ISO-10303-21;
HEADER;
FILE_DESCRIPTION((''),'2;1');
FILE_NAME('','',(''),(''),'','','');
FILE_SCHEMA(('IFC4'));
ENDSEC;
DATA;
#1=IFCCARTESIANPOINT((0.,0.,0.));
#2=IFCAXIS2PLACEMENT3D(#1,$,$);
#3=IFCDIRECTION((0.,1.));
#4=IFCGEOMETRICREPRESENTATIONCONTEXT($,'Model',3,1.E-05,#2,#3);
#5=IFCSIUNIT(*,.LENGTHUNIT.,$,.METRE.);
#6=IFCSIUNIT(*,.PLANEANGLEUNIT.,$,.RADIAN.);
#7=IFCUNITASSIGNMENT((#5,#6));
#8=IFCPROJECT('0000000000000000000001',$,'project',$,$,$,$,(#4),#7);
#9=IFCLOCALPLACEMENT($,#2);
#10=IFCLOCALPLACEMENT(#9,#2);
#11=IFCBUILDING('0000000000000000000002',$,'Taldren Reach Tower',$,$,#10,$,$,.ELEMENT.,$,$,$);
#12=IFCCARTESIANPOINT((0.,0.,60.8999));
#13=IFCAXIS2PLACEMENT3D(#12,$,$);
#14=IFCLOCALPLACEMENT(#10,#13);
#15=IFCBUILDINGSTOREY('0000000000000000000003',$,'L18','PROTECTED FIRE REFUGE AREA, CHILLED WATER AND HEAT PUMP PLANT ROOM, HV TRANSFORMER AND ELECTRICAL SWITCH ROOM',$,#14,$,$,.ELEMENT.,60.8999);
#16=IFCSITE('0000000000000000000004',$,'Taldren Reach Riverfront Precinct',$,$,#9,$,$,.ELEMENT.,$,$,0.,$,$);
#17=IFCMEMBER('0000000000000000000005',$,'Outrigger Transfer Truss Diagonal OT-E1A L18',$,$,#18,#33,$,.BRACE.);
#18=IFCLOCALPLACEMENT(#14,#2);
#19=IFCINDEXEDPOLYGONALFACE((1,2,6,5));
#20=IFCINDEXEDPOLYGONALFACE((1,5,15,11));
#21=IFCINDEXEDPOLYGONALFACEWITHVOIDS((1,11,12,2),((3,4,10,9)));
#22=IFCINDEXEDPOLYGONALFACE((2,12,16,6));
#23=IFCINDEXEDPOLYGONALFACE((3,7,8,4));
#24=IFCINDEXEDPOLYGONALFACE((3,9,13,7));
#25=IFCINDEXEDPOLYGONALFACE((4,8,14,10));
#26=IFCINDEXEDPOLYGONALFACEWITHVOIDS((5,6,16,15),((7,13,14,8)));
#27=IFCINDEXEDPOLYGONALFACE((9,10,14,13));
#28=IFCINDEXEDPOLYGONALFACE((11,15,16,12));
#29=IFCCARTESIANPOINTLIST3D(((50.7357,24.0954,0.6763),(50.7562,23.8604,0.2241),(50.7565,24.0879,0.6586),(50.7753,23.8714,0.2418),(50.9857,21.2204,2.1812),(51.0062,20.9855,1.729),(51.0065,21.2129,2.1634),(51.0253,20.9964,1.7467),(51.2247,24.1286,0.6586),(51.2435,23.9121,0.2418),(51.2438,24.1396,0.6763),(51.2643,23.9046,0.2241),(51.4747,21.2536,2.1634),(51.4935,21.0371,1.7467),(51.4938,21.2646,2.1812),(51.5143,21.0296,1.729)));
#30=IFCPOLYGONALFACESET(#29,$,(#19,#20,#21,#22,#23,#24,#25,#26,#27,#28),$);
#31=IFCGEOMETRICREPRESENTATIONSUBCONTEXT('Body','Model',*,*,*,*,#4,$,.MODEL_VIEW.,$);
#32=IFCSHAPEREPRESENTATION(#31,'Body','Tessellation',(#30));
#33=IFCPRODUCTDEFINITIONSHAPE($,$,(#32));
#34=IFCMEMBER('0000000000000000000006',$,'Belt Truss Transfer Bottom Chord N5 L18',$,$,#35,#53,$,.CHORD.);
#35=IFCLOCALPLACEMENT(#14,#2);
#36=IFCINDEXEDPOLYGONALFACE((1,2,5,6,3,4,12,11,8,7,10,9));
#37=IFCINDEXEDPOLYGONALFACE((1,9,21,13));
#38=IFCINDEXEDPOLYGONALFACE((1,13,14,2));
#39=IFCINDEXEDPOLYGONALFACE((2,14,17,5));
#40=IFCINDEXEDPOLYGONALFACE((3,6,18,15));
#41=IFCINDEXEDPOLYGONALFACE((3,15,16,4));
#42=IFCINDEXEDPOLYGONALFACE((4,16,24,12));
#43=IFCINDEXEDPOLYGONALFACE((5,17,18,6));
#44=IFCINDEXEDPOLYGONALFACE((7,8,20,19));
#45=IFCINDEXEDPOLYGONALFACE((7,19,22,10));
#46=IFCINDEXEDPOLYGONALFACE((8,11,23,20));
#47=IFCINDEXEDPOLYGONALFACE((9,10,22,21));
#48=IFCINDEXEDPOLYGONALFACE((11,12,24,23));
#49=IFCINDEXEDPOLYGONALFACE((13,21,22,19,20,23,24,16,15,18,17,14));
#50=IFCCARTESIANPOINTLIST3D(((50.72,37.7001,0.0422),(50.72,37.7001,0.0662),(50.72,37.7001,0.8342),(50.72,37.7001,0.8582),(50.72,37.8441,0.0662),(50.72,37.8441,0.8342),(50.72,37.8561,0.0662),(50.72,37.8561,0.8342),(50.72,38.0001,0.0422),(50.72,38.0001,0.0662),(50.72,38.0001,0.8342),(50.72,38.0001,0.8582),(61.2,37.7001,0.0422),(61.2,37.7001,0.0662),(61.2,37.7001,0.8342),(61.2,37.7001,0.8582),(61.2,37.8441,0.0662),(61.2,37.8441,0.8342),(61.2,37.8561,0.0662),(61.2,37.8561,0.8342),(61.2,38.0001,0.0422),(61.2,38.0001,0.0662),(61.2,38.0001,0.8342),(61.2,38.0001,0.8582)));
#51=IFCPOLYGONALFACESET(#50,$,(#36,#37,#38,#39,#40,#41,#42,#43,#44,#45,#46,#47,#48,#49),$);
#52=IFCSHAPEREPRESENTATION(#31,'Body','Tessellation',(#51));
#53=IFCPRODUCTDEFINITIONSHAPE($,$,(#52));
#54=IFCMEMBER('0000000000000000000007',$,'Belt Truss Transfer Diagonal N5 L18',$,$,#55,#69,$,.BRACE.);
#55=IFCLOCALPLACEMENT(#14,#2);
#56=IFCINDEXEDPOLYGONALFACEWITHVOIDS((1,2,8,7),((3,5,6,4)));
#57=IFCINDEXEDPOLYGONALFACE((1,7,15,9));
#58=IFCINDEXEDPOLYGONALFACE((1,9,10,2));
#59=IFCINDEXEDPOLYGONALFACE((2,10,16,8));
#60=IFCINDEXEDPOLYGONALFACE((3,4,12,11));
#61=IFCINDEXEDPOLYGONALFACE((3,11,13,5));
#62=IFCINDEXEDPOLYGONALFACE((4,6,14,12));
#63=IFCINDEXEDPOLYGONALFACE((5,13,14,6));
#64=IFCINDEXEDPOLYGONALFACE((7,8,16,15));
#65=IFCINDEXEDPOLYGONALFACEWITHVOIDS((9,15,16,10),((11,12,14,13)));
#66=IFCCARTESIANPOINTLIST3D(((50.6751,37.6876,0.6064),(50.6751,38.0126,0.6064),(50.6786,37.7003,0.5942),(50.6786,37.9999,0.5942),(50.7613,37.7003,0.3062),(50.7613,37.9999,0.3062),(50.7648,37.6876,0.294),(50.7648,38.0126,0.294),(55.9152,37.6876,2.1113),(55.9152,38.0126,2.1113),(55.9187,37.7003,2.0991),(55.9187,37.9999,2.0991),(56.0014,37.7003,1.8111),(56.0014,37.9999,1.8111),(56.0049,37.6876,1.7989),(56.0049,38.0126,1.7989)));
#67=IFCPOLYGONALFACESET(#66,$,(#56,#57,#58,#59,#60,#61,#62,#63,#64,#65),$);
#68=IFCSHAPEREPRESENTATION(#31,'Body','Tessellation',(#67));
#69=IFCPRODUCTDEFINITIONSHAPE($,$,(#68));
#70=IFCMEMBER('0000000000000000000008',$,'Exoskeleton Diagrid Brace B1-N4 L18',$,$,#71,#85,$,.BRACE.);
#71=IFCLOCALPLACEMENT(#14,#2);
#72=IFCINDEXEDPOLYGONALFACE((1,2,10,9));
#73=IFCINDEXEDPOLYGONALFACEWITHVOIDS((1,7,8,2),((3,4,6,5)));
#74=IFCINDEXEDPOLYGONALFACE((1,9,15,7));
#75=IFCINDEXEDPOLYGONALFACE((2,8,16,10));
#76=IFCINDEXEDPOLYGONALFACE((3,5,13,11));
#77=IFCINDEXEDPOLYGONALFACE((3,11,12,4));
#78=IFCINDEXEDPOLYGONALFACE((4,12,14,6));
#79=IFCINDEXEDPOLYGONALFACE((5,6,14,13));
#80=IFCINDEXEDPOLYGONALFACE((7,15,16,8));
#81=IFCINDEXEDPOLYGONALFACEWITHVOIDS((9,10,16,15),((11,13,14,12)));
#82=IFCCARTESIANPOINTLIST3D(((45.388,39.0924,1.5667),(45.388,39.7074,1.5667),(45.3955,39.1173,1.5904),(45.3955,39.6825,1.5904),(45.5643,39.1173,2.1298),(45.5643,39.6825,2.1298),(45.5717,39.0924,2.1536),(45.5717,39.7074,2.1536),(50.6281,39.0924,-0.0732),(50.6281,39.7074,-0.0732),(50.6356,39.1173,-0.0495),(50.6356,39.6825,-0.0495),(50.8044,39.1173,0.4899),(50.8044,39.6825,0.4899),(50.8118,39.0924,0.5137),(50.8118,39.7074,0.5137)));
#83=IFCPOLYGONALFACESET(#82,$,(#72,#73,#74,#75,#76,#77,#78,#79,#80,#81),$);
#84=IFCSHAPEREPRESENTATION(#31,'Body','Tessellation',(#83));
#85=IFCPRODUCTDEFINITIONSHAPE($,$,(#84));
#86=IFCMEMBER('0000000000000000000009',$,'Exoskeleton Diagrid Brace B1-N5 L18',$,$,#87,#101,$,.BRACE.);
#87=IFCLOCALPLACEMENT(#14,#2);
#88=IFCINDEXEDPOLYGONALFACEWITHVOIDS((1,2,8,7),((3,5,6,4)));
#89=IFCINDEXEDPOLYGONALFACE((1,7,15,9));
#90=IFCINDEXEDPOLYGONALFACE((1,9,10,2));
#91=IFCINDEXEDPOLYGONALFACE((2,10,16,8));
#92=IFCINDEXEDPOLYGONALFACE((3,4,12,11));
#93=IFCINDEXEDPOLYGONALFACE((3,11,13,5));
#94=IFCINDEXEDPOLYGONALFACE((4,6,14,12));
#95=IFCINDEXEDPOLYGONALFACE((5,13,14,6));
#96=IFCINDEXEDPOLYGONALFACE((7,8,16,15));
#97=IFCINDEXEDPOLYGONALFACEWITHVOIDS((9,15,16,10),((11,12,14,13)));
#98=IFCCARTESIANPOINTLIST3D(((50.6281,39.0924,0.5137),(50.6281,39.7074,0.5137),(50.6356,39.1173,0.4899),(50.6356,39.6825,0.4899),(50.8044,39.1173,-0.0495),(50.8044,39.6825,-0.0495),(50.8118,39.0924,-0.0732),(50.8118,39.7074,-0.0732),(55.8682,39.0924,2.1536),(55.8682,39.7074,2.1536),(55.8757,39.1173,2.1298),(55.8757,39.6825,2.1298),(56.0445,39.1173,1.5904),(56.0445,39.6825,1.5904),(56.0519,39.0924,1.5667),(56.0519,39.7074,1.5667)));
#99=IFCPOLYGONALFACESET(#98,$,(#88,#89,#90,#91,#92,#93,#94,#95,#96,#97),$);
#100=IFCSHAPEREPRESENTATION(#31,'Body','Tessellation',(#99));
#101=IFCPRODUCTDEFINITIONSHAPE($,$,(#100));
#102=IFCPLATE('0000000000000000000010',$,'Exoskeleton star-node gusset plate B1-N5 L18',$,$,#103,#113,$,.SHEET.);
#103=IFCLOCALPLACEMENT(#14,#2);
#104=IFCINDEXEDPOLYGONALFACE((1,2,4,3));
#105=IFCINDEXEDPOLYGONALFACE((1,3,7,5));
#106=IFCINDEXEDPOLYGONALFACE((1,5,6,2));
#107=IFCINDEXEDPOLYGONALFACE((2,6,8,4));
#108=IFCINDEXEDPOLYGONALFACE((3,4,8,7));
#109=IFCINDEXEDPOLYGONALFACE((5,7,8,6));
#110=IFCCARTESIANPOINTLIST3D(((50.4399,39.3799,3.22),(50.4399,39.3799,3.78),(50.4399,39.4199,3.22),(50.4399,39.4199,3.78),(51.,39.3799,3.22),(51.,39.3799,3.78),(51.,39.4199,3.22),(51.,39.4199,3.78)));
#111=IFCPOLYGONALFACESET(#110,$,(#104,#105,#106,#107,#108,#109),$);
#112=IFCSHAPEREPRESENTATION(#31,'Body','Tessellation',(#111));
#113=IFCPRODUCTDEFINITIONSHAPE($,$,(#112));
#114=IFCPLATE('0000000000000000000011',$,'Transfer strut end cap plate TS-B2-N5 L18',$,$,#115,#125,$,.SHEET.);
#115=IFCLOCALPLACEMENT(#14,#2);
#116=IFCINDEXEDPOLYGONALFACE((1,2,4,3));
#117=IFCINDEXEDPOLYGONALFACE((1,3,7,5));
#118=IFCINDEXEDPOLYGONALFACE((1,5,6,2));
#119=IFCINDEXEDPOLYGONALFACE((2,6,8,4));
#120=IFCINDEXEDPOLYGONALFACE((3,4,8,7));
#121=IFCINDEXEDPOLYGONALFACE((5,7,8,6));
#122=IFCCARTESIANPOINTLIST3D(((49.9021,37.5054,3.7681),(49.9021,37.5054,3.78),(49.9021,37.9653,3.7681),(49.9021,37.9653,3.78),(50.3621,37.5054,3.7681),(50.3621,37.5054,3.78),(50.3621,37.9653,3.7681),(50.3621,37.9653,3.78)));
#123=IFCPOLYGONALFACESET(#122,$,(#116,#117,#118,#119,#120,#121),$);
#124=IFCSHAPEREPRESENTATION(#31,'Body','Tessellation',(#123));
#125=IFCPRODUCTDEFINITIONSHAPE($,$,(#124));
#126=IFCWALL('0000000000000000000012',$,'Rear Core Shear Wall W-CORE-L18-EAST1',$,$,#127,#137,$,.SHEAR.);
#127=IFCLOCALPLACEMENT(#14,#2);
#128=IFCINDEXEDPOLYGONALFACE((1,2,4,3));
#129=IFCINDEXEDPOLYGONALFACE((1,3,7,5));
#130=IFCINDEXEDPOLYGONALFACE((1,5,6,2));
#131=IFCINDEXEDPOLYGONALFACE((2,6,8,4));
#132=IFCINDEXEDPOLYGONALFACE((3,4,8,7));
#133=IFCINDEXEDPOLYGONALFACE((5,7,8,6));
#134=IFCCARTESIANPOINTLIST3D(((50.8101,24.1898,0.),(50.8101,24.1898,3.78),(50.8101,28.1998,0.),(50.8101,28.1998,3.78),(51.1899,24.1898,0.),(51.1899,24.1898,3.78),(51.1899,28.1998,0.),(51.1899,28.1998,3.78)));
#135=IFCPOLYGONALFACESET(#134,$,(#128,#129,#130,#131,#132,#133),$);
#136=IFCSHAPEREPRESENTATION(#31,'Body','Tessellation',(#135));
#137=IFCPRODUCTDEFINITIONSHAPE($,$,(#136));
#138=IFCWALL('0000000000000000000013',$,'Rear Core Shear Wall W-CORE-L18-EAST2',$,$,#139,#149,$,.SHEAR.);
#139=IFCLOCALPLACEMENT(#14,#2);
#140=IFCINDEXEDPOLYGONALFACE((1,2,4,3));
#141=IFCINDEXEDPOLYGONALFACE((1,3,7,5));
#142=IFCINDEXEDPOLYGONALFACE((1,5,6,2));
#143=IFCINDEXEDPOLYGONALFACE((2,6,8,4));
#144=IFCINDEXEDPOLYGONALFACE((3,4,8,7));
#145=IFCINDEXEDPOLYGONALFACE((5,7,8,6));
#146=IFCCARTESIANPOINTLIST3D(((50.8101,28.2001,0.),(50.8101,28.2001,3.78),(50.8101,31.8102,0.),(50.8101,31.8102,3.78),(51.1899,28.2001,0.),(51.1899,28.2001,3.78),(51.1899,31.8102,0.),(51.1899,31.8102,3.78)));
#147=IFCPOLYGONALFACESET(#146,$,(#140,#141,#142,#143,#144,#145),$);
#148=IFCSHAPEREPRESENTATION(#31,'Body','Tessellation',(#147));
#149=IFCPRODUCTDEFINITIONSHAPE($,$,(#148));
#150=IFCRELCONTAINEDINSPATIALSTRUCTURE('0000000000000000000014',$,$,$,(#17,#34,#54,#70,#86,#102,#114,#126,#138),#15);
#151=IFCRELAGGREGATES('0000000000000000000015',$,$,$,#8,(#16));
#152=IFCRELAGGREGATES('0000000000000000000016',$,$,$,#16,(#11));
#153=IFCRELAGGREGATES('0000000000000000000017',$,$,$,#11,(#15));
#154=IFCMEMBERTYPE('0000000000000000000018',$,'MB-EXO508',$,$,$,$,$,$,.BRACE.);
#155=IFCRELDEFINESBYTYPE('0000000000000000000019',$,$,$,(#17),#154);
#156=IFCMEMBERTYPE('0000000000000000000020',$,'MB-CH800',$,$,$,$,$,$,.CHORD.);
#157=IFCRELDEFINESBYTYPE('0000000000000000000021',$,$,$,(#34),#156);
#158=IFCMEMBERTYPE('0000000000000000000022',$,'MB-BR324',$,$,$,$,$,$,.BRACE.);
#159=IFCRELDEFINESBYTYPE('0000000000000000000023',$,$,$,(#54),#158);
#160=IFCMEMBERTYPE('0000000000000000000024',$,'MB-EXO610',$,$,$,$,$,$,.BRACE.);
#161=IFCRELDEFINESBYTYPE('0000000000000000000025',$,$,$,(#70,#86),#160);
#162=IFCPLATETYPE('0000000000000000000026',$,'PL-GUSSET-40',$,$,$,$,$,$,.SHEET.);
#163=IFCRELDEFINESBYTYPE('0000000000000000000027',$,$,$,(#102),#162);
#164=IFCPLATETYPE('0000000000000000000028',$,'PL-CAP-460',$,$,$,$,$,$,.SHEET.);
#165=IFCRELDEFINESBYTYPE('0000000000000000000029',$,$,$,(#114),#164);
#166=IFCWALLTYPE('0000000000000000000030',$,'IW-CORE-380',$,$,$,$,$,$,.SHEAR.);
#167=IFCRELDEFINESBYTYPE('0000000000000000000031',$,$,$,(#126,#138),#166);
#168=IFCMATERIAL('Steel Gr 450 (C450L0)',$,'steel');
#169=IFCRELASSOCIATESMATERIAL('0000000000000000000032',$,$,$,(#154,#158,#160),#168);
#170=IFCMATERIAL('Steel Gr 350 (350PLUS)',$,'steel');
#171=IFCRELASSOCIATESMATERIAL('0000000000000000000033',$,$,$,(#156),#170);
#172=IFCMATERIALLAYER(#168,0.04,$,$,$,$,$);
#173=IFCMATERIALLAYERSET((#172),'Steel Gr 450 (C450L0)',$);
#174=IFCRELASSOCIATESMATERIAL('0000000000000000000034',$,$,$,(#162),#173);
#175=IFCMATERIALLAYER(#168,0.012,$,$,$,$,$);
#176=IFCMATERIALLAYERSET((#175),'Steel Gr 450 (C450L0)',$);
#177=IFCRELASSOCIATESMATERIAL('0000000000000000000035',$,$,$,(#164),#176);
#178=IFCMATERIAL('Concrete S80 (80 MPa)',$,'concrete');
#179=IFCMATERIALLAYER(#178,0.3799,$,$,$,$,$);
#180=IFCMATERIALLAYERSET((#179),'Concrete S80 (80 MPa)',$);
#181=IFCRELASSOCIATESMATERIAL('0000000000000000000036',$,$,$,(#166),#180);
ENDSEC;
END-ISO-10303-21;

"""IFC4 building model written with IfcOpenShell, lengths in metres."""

from ifc_helpers import new_model, si_unit, direction, frame, frame_2d, origin, origin_2d, place, context, subcontext, project, spatial, rectangle, hollow_rectangle, i_section, extrude, source, transform, mapped, material, layer, layer_set, material_profile, profile_set, type_object, element, save


model = new_model("IFC4")

# Units and contexts
model_context = context("Model", 3, precision=1e-05, world=origin(), true_north=direction((0.0, 1.0)))
body_context = subcontext(model_context, "Body", "Model", "MODEL_VIEW")
ifc_project = project(units=[si_unit("LENGTHUNIT", "METRE"), si_unit("PLANEANGLEUNIT", "RADIAN")], contexts=[model_context])

# Site, building, storey
site_placement = place(None, origin())
site = spatial("IfcSite", under=ifc_project, at=site_placement, Name="Taldren Reach Riverfront Precinct", CompositionType="ELEMENT", RefElevation=0.0)
building_placement = place(site_placement, origin())
building = spatial("IfcBuilding", under=site, at=building_placement, Name="Taldren Reach Tower", CompositionType="ELEMENT")
storey_placement = place(building_placement, frame((0.0, 0.0, 60.8999)))
storey = spatial("IfcBuildingStorey", under=building, at=storey_placement, Name="L18", Description="PROTECTED FIRE REFUGE AREA, CHILLED WATER AND HEAT PUMP PLANT ROOM, HV TRANSFORMER AND ELECTRICAL SWITCH ROOM", CompositionType="ELEMENT", Elevation=60.8999)

# Shared definitions
ifc_material_1 = material(Name="Steel Gr 350 (350PLUS)", Category="steel")

# Shared definitions
ifc_material_2 = material(Name="Steel Gr 450 (C450L0)", Category="steel")

# Members
ifc_material_profile_1 = material_profile(ifc_material_2, hollow_rectangle(XDim=0.51, YDim=0.51, WallThickness=0.02, at=origin_2d()), Name="510x510x20.0SHS")
ifc_profile_set_1 = profile_set([ifc_material_profile_1], Name="Steel Gr 450 (C450L0)")
member_type_1 = type_object("IfcMemberType", Name="MB-EXO508", PredefinedType="BRACE", material=ifc_profile_set_1)
shared_shape_1 = source(origin(), body_context, "Body", "SweptSolid", [
    extrude(hollow_rectangle(XDim=0.51, YDim=0.51, WallThickness=0.02, at=origin_2d()), origin(), (0.0, 0.0, 1.0), 3.2546),
])
member_1_placement = place(storey_placement, frame((51.0, 24.0, 0.4502), z_axis=(0.076813, -0.883349, 0.462378), x_axis=(0.996241, 0.08663, 0.0)))
element("IfcMember", 1, at=member_1_placement, inside=storey, type_object=member_type_1, Name="Outrigger Transfer Truss Diagonal OT-E1A L18", PredefinedType="BRACE", context=body_context, shape_type="MappedRepresentation", body=[
    mapped(shared_shape_1, transform((0.0, 0.0, 0.0), scale=1.0)),
])
ifc_material_profile_2 = material_profile(ifc_material_1, i_section(OverallWidth=0.3, OverallDepth=0.8159, WebThickness=0.012, FlangeThickness=0.0239, at=origin_2d()), Name="800WB192")
ifc_profile_set_2 = profile_set([ifc_material_profile_2], Name="Steel Gr 350 (350PLUS)")
member_type_2 = type_object("IfcMemberType", Name="MB-CH800", PredefinedType="CHORD", material=ifc_profile_set_2)
shared_shape_2 = source(origin(), body_context, "Body", "SweptSolid", [
    extrude(i_section(OverallWidth=0.3, OverallDepth=0.8159, WebThickness=0.012, FlangeThickness=0.0239, at=origin_2d()), origin(), (0.0, 0.0, 1.0), 10.48),
])
member_2_placement = place(storey_placement, frame((50.72, 37.8501, 0.4502), z_axis=(1.0, 0.0, 0.0), x_axis=(0.0, 1.0, 0.0)))
element("IfcMember", 2, at=member_2_placement, inside=storey, type_object=member_type_2, Name="Belt Truss Transfer Bottom Chord N5 L18", PredefinedType="CHORD", context=body_context, shape_type="MappedRepresentation", body=[
    mapped(shared_shape_2, transform((0.0, 0.0, 0.0), scale=1.0)),
])
ifc_material_profile_3 = material_profile(ifc_material_2, hollow_rectangle(XDim=0.325, YDim=0.325, WallThickness=0.0127, at=origin_2d()), Name="325x325x12.7SHS")
ifc_profile_set_3 = profile_set([ifc_material_profile_3], Name="Steel Gr 450 (C450L0)")
member_type_3 = type_object("IfcMemberType", Name="MB-BR324", PredefinedType="BRACE", material=ifc_profile_set_3)
shared_shape_3 = source(origin(), body_context, "Body", "SweptSolid", [
    extrude(hollow_rectangle(XDim=0.325, YDim=0.325, WallThickness=0.0127, at=origin_2d()), origin(), (0.0, 0.0, 1.0), 5.4519),
])
member_3_placement = place(storey_placement, frame((50.72, 37.8501, 0.4502), z_axis=(0.961148, 0.0, 0.276034), x_axis=(0.0, 1.0, 0.0)))
element("IfcMember", 3, at=member_3_placement, inside=storey, type_object=member_type_3, Name="Belt Truss Transfer Diagonal N5 L18", PredefinedType="BRACE", context=body_context, shape_type="MappedRepresentation", body=[
    mapped(shared_shape_3, transform((0.0, 0.0, 0.0), scale=1.0)),
])
ifc_material_profile_4 = material_profile(ifc_material_2, hollow_rectangle(XDim=0.615, YDim=0.615, WallThickness=0.0249, at=origin_2d()), Name="615x615x25.0SHS")
ifc_profile_set_4 = profile_set([ifc_material_profile_4], Name="Steel Gr 450 (C450L0)")
member_type_4 = type_object("IfcMemberType", Name="MB-EXO610", PredefinedType="BRACE", material=ifc_profile_set_4)
shared_shape_4 = source(origin(), body_context, "Body", "SweptSolid", [
    extrude(hollow_rectangle(XDim=0.615, YDim=0.615, WallThickness=0.0249, at=origin_2d()), origin(), (0.0, 0.0, 1.0), 5.4907),
])
for number, where, z_axis, x_axis, name in (
    (4, (50.72, 39.3999, 0.2202), (-0.954356, 0.0, 0.298672), (0.0, -1.0, 0.0), "Exoskeleton Diagrid Brace B1-N4 L18"),
    (5, (50.72, 39.3999, 0.2202), (0.954356, 0.0, 0.298672), (0.0, 1.0, 0.0), "Exoskeleton Diagrid Brace B1-N5 L18"),
):
    element("IfcMember", number, at=place(storey_placement, frame(where, z_axis=z_axis, x_axis=x_axis)), inside=storey, type_object=member_type_4, Name=name, PredefinedType="BRACE", context=body_context, shape_type="MappedRepresentation", body=[
        mapped(shared_shape_4, transform((0.0, 0.0, 0.0), scale=1.0)),
    ])

# Plates
ifc_layer_1 = layer(ifc_material_2, 0.04)
ifc_layer_set_1 = layer_set([ifc_layer_1], Name="Steel Gr 450 (C450L0)")
plate_type_1 = type_object("IfcPlateType", Name="PL-GUSSET-40", PredefinedType="SHEET", material=ifc_layer_set_1)
shared_shape_5 = source(origin(), body_context, "Body", "SweptSolid", [
    extrude(rectangle(XDim=0.5601, YDim=0.04, at=origin_2d()), origin(), (0.0, 0.0, 1.0), 0.5601),
])
plate_1_placement = place(storey_placement, frame((50.72, 39.3999, 3.22), z_axis=(0.0, 0.0, 1.0), x_axis=(1.0, 0.0, 0.0)))
element("IfcPlate", 6, at=plate_1_placement, inside=storey, type_object=plate_type_1, Name="Exoskeleton star-node gusset plate B1-N5 L18", PredefinedType="SHEET", context=body_context, shape_type="MappedRepresentation", body=[
    mapped(shared_shape_5, transform((0.0, 0.0, 0.0), scale=1.0)),
])
ifc_layer_2 = layer(ifc_material_2, 0.012)
ifc_layer_set_2 = layer_set([ifc_layer_2], Name="Steel Gr 450 (C450L0)")
plate_type_2 = type_object("IfcPlateType", Name="PL-CAP-460", PredefinedType="SHEET", material=ifc_layer_set_2)
shared_shape_6 = source(origin(), body_context, "Body", "SweptSolid", [
    extrude(rectangle(XDim=0.46, YDim=0.46, at=origin_2d()), origin(), (0.0, 0.0, 1.0), 0.012),
])
plate_2_placement = place(storey_placement, frame((50.1321, 37.7354, 3.7681), z_axis=(0.0, 0.0, 1.0), x_axis=(1.0, 0.0, 0.0)))
element("IfcPlate", 7, at=plate_2_placement, inside=storey, type_object=plate_type_2, Name="Transfer strut end cap plate TS-B2-N5 L18", PredefinedType="SHEET", context=body_context, shape_type="MappedRepresentation", body=[
    mapped(shared_shape_6, transform((0.0, 0.0, 0.0), scale=1.0)),
])

# Walls
ifc_material_3 = material(Name="Concrete S80 (80 MPa)", Category="concrete")
ifc_layer_3 = layer(ifc_material_3, 0.3799)
ifc_layer_set_3 = layer_set([ifc_layer_3], Name="Concrete S80 (80 MPa)")
wall_type = type_object("IfcWallType", Name="IW-CORE-380", PredefinedType="SHEAR", material=ifc_layer_set_3)
shared_shape_7 = source(origin(), body_context, "Body", "SweptSolid", [
    extrude(rectangle(XDim=4.01, YDim=0.3799, at=frame_2d((2.0049, 0.0))), origin(), (0.0, 0.0, 1.0), 3.78),
])
wall_1_placement = place(storey_placement, frame((51.0, 24.1899, 0.0), z_axis=(0.0, 0.0, 1.0), x_axis=(0.0, 1.0, 0.0)))
element("IfcWall", 8, at=wall_1_placement, inside=storey, type_object=wall_type, Name="Rear Core Shear Wall W-CORE-L18-EAST1", PredefinedType="SHEAR", context=body_context, shape_type="MappedRepresentation", body=[
    mapped(shared_shape_7, transform((0.0, 0.0, 0.0), scale=1.0)),
])
shared_shape_8 = source(origin(), body_context, "Body", "SweptSolid", [
    extrude(rectangle(XDim=3.6101, YDim=0.3799, at=frame_2d((1.8052, 0.0))), origin(), (0.0, 0.0, 1.0), 3.78),
])
wall_2_placement = place(storey_placement, frame((51.0, 28.2, 0.0), z_axis=(0.0, 0.0, 1.0), x_axis=(0.0, 1.0, 0.0)))
element("IfcWall", 9, at=wall_2_placement, inside=storey, type_object=wall_type, Name="Rear Core Shear Wall W-CORE-L18-EAST2", PredefinedType="SHEAR", context=body_context, shape_type="MappedRepresentation", body=[
    mapped(shared_shape_8, transform((0.0, 0.0, 0.0), scale=1.0)),
])

save(model, "model.ifc")
